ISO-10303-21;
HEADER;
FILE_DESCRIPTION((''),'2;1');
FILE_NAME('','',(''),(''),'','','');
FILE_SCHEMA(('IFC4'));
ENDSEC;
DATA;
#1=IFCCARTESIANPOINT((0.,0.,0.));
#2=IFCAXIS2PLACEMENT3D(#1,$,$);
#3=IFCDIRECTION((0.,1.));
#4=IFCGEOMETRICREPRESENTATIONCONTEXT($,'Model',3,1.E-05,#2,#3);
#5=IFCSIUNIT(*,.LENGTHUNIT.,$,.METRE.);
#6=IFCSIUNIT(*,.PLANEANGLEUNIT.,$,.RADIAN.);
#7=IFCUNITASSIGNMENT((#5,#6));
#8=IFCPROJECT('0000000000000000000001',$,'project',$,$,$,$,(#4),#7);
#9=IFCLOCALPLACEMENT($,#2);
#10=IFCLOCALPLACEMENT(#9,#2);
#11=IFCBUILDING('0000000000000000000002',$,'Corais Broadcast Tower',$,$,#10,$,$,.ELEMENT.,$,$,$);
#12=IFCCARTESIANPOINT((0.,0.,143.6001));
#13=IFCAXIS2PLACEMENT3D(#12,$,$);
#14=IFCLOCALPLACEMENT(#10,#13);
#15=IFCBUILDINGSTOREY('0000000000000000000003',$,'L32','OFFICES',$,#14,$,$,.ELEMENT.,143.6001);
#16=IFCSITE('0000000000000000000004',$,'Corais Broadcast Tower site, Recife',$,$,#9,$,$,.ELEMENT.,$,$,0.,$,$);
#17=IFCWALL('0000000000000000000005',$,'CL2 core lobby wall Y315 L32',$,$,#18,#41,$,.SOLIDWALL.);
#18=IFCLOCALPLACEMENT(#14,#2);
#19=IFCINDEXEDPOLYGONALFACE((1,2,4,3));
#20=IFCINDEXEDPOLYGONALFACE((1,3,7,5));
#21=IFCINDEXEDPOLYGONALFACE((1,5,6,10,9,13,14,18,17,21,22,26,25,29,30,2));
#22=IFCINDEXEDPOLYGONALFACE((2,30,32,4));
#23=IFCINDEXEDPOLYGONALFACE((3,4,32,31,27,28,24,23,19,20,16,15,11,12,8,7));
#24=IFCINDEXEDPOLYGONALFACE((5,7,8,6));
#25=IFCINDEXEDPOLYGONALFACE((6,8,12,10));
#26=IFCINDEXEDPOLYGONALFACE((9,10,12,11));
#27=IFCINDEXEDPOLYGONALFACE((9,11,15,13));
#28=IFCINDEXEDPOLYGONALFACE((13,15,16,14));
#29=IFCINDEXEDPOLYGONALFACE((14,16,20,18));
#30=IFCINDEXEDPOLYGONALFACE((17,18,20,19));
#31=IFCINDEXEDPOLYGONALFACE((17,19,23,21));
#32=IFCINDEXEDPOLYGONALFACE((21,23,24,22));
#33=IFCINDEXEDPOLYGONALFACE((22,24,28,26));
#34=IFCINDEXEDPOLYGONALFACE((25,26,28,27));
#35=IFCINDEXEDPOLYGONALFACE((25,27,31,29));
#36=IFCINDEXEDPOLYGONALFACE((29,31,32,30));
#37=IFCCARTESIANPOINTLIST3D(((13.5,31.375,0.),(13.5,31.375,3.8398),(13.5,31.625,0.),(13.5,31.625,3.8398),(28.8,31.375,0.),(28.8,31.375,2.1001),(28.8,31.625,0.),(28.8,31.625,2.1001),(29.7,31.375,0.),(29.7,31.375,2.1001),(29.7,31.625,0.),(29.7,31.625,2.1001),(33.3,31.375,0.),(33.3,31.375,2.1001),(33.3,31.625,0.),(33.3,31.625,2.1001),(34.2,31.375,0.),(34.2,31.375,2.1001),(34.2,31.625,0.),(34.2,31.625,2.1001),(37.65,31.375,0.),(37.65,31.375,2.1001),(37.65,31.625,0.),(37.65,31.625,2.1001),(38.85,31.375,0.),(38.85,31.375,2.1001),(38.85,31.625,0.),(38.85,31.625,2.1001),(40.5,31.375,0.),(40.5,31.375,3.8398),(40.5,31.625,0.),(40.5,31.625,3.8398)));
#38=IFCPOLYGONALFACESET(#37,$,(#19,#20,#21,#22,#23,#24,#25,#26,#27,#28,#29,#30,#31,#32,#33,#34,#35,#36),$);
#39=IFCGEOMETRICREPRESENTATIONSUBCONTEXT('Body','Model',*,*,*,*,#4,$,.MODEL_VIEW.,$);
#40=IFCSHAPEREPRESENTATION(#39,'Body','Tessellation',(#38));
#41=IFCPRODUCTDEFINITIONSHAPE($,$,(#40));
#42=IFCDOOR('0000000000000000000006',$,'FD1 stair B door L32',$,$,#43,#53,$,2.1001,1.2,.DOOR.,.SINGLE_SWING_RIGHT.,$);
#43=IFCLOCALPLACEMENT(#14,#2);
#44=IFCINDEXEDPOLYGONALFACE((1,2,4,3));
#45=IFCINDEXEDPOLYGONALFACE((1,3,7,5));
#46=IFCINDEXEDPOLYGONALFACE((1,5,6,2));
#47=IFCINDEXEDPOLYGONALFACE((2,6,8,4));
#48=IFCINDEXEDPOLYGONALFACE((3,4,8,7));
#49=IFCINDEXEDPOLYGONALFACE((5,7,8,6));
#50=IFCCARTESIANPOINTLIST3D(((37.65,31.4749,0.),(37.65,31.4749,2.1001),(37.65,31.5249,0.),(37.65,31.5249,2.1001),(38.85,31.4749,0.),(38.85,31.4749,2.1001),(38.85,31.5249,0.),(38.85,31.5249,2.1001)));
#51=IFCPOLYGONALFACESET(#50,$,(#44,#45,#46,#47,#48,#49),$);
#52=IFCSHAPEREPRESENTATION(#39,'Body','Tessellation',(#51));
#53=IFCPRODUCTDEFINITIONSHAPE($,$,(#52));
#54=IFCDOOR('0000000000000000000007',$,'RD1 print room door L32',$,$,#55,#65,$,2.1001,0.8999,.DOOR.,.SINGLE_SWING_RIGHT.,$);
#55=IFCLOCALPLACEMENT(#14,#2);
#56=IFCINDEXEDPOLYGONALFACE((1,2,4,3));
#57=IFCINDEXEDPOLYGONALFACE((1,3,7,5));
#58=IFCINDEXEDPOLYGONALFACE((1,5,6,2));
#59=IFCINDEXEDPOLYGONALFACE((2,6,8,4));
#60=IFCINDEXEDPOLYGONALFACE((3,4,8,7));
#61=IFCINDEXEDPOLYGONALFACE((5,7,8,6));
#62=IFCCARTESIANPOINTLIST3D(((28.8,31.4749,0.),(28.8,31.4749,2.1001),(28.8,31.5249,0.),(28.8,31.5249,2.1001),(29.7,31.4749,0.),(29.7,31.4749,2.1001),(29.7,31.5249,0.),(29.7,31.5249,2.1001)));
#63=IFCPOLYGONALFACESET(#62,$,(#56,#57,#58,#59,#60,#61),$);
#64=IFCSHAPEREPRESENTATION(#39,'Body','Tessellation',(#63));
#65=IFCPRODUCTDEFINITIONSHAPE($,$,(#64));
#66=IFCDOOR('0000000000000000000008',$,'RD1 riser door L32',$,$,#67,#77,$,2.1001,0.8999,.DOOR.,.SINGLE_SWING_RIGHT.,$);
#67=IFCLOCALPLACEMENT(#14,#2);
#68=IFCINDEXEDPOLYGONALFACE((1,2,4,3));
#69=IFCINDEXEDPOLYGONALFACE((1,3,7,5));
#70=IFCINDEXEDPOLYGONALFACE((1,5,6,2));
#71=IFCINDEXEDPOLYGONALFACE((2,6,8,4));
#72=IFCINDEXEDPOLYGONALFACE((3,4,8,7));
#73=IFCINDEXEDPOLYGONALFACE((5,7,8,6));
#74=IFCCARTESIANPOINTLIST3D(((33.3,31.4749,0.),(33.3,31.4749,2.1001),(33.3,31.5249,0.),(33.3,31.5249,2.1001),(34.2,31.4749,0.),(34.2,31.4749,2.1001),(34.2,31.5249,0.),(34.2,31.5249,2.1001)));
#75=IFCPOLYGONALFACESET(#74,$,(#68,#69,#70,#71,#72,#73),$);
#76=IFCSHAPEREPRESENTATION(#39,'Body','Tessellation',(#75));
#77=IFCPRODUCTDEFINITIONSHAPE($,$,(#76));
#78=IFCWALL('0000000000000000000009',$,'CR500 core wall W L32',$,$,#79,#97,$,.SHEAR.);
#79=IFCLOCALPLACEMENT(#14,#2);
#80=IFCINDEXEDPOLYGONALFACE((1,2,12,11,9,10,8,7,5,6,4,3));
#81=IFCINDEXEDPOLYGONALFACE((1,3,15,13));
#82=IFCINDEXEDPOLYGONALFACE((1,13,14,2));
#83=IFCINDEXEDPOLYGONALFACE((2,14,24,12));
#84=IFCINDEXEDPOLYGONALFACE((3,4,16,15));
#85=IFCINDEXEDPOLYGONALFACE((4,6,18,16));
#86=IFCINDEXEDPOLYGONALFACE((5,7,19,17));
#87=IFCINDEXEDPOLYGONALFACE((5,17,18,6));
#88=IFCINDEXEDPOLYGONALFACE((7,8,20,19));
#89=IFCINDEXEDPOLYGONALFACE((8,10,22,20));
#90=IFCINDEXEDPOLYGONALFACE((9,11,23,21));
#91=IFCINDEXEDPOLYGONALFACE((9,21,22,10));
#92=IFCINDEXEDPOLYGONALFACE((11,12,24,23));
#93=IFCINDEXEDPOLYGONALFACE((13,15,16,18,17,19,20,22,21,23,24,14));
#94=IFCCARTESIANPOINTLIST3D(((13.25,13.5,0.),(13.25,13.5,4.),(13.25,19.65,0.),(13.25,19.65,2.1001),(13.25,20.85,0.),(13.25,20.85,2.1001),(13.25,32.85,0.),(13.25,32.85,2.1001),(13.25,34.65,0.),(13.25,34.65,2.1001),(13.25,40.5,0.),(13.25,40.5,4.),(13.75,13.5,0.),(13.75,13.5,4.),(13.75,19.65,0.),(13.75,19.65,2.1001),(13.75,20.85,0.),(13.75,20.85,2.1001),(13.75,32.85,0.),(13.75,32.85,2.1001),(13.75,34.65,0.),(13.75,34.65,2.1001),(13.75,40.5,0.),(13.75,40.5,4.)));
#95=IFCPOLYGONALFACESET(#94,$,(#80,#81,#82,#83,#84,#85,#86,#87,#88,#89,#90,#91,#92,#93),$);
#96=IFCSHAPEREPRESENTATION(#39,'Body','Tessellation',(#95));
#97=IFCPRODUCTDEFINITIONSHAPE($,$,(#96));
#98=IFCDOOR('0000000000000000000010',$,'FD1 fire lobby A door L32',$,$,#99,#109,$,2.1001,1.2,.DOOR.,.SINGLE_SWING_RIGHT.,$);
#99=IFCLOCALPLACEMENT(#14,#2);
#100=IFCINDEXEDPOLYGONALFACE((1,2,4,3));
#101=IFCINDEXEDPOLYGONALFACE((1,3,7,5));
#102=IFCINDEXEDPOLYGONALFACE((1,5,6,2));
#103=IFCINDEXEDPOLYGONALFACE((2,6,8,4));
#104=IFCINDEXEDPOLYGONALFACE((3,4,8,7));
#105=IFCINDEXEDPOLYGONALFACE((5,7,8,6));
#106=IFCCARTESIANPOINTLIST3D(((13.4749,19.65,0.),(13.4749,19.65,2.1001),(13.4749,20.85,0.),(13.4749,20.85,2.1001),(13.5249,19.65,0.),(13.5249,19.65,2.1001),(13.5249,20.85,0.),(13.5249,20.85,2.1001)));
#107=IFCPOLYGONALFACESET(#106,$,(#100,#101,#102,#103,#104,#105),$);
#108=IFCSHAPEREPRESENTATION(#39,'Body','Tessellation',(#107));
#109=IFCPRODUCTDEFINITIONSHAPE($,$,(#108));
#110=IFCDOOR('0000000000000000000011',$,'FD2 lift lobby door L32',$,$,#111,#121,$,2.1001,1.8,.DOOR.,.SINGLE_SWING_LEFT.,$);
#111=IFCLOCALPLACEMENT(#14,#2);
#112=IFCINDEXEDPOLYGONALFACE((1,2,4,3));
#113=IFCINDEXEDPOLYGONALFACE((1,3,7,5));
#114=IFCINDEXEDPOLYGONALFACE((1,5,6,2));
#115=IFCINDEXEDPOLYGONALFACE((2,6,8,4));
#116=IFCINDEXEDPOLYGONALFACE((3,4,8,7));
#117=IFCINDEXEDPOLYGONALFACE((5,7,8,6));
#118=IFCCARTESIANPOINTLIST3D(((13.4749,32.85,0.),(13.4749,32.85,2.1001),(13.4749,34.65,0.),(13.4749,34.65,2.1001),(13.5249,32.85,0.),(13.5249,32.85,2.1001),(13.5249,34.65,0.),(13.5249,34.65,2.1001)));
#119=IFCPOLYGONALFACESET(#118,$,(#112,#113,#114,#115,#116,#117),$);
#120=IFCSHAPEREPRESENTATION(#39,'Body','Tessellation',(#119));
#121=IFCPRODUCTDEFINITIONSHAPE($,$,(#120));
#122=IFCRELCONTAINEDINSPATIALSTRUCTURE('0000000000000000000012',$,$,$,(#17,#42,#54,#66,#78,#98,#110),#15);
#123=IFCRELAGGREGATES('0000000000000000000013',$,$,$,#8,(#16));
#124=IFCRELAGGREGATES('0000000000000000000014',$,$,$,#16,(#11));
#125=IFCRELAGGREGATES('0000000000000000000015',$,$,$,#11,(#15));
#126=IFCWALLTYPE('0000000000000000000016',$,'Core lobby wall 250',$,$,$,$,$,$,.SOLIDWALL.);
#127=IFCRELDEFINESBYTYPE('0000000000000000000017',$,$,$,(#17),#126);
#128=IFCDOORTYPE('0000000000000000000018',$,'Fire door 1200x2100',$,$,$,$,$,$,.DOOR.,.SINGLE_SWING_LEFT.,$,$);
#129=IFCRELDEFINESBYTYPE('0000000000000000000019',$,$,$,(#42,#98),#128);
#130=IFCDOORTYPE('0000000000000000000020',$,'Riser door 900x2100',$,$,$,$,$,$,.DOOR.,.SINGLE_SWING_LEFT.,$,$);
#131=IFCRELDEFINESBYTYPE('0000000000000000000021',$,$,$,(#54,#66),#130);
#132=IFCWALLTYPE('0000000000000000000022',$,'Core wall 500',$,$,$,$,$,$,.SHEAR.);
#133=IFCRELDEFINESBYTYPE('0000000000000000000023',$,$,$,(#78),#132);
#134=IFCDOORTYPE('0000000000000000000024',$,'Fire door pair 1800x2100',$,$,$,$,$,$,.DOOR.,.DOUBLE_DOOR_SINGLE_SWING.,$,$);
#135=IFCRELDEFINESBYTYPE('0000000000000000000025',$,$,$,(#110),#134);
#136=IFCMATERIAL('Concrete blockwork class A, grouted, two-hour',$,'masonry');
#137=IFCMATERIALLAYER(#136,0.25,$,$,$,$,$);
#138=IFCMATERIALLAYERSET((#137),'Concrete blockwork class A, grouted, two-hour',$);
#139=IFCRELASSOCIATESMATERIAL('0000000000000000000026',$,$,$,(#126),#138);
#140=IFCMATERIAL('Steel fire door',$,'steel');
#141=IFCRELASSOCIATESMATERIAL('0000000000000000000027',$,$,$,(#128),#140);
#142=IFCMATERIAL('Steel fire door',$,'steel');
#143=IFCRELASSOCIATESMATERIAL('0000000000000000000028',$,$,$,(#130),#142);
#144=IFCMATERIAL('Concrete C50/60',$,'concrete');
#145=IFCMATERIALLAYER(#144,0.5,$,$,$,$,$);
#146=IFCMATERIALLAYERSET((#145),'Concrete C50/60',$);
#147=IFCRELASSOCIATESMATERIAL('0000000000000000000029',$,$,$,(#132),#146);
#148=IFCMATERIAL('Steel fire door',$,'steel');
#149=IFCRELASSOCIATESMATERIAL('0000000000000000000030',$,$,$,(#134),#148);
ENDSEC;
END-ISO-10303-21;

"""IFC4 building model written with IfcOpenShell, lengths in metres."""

from ifc_helpers import new_model, si_unit, direction, frame, frame_2d, origin, place, context, subcontext, project, spatial, rectangle, extrude, material, layer, layer_set, type_object, element, fill, save


model = new_model("IFC4")

# Units and contexts
model_context = context("Model", 3, precision=1e-05, world=origin(), true_north=direction((0.0, 1.0)))
body_context = subcontext(model_context, "Body", "Model", "MODEL_VIEW")
ifc_project = project(units=[si_unit("LENGTHUNIT", "METRE"), si_unit("PLANEANGLEUNIT", "RADIAN")], contexts=[model_context])

# Site, building, storey
site_placement = place(None, origin())
site = spatial("IfcSite", under=ifc_project, at=site_placement, Name="Corais Broadcast Tower site, Recife", CompositionType="ELEMENT", RefElevation=0.0)
building_placement = place(site_placement, origin())
building = spatial("IfcBuilding", under=site, at=building_placement, Name="Corais Broadcast Tower", CompositionType="ELEMENT")
storey_placement = place(building_placement, frame((0.0, 0.0, 143.6001)))
storey = spatial("IfcBuildingStorey", under=building, at=storey_placement, Name="L32", Description="OFFICES", CompositionType="ELEMENT", Elevation=143.6001)

# Walls, openings, doors
ifc_material_1 = material(Name="Concrete blockwork class A, grouted, two-hour", Category="masonry")
ifc_layer_1 = layer(ifc_material_1, 0.25)
ifc_layer_set_1 = layer_set([ifc_layer_1], Name="Concrete blockwork class A, grouted, two-hour")
wall_type_1 = type_object("IfcWallType", Name="Core lobby wall 250", PredefinedType="SOLIDWALL", material=ifc_layer_set_1)
wall_1_placement = place(storey_placement, frame((13.5, 31.5, 0.0), z_axis=(0.0, 0.0, 1.0), x_axis=(1.0, 0.0, 0.0)))
wall_1 = element("IfcWall", 1, at=wall_1_placement, inside=storey, type_object=wall_type_1, Name="CL2 core lobby wall Y315 L32", PredefinedType="SOLIDWALL", context=body_context, shape_type="SweptSolid", body=[
    extrude(rectangle(XDim=27.0, YDim=0.25, at=frame_2d((13.5, 0.0))), origin(), (0.0, 0.0, 1.0), 3.8398),
])
opening_1_placement = place(wall_1_placement, frame((24.1499, 0.0, 0.0)))
opening_1 = element("IfcOpeningElement", 2, at=opening_1_placement, cuts=wall_1, PredefinedType="OPENING", context=body_context, shape_type="SweptSolid", body=[
    extrude(rectangle(XDim=1.2, YDim=2.1001, at=frame_2d((0.6001, 1.05))), frame((0.0, 0.135, 0.0), z_axis=(0.0, -1.0, 0.0), x_axis=(1.0, 0.0, 0.0)), (0.0, 0.0, 1.0), 0.27),
])
opening_2_placement = place(wall_1_placement, frame((15.3, 0.0, 0.0)))
opening_2 = element("IfcOpeningElement", 3, at=opening_2_placement, cuts=wall_1, PredefinedType="OPENING", context=body_context, shape_type="SweptSolid", body=[
    extrude(rectangle(XDim=0.8999, YDim=2.1001, at=frame_2d((0.45, 1.05))), frame((0.0, 0.135, 0.0), z_axis=(0.0, -1.0, 0.0), x_axis=(1.0, 0.0, 0.0)), (0.0, 0.0, 1.0), 0.27),
])
opening_3_placement = place(wall_1_placement, frame((19.8, 0.0, 0.0)))
opening_3 = element("IfcOpeningElement", 4, at=opening_3_placement, cuts=wall_1, PredefinedType="OPENING", context=body_context, shape_type="SweptSolid", body=[
    extrude(rectangle(XDim=0.8999, YDim=2.1001, at=frame_2d((0.45, 1.05))), frame((0.0, 0.135, 0.0), z_axis=(0.0, -1.0, 0.0), x_axis=(1.0, 0.0, 0.0)), (0.0, 0.0, 1.0), 0.27),
])
ifc_material_2 = material(Name="Steel fire door", Category="steel")
door_type_1 = type_object("IfcDoorType", Name="Fire door 1200x2100", OperationType="SINGLE_SWING_LEFT", PredefinedType="DOOR", material=ifc_material_2)
door_1_placement = place(opening_1_placement, origin())
door_1 = element("IfcDoor", 5, at=door_1_placement, inside=storey, type_object=door_type_1, Name="FD1 stair B door L32", OperationType="SINGLE_SWING_RIGHT", OverallHeight=2.1001, OverallWidth=1.2, PredefinedType="DOOR", context=body_context, shape_type="SweptSolid", body=[
    extrude(rectangle(XDim=1.2, YDim=2.1001, at=frame_2d((0.6001, 1.05))), frame((0.0, 0.0249, 0.0), z_axis=(0.0, -1.0, 0.0), x_axis=(1.0, 0.0, 0.0)), (0.0, 0.0, 1.0), 0.05),
])
fill(opening_1, door_1)
ifc_material_3 = material(Name="Steel fire door", Category="steel")
door_type_2 = type_object("IfcDoorType", Name="Riser door 900x2100", OperationType="SINGLE_SWING_LEFT", PredefinedType="DOOR", material=ifc_material_3)
door_2_placement = place(opening_2_placement, origin())
door_2 = element("IfcDoor", 6, at=door_2_placement, inside=storey, type_object=door_type_2, Name="RD1 print room door L32", OperationType="SINGLE_SWING_RIGHT", OverallHeight=2.1001, OverallWidth=0.8999, PredefinedType="DOOR", context=body_context, shape_type="SweptSolid", body=[
    extrude(rectangle(XDim=0.8999, YDim=2.1001, at=frame_2d((0.45, 1.05))), frame((0.0, 0.0249, 0.0), z_axis=(0.0, -1.0, 0.0), x_axis=(1.0, 0.0, 0.0)), (0.0, 0.0, 1.0), 0.05),
])
fill(opening_2, door_2)
door_3_placement = place(opening_3_placement, origin())
door_3 = element("IfcDoor", 7, at=door_3_placement, inside=storey, type_object=door_type_2, Name="RD1 riser door L32", OperationType="SINGLE_SWING_RIGHT", OverallHeight=2.1001, OverallWidth=0.8999, PredefinedType="DOOR", context=body_context, shape_type="SweptSolid", body=[
    extrude(rectangle(XDim=0.8999, YDim=2.1001, at=frame_2d((0.45, 1.05))), frame((0.0, 0.0249, 0.0), z_axis=(0.0, -1.0, 0.0), x_axis=(1.0, 0.0, 0.0)), (0.0, 0.0, 1.0), 0.05),
])
fill(opening_3, door_3)
ifc_material_4 = material(Name="Concrete C50/60", Category="concrete")
ifc_layer_2 = layer(ifc_material_4, 0.5)
ifc_layer_set_2 = layer_set([ifc_layer_2], Name="Concrete C50/60")
wall_type_2 = type_object("IfcWallType", Name="Core wall 500", PredefinedType="SHEAR", material=ifc_layer_set_2)
wall_2_placement = place(storey_placement, frame((13.5, 40.5, 0.0), z_axis=(0.0, 0.0, 1.0), x_axis=(0.0, -1.0, 0.0)))
wall_2 = element("IfcWall", 8, at=wall_2_placement, inside=storey, type_object=wall_type_2, Name="CR500 core wall W L32", PredefinedType="SHEAR", context=body_context, shape_type="SweptSolid", body=[
    extrude(rectangle(XDim=27.0, YDim=0.5, at=frame_2d((13.5, 0.0))), origin(), (0.0, 0.0, 1.0), 4.0),
])
opening_4_placement = place(wall_2_placement, frame((19.6499, 0.0, 0.0)))
opening_4 = element("IfcOpeningElement", 9, at=opening_4_placement, cuts=wall_2, PredefinedType="OPENING", context=body_context, shape_type="SweptSolid", body=[
    extrude(rectangle(XDim=1.2, YDim=2.1001, at=frame_2d((0.6001, 1.05))), frame((0.0, 0.26, 0.0), z_axis=(0.0, -1.0, 0.0), x_axis=(1.0, 0.0, 0.0)), (0.0, 0.0, 1.0), 0.52),
])
opening_5_placement = place(wall_2_placement, frame((5.8501, 0.0, 0.0)))
opening_5 = element("IfcOpeningElement", 10, at=opening_5_placement, cuts=wall_2, PredefinedType="OPENING", context=body_context, shape_type="SweptSolid", body=[
    extrude(rectangle(XDim=1.8, YDim=2.1001, at=frame_2d((0.8999, 1.05))), frame((0.0, 0.26, 0.0), z_axis=(0.0, -1.0, 0.0), x_axis=(1.0, 0.0, 0.0)), (0.0, 0.0, 1.0), 0.52),
])
door_4_placement = place(opening_4_placement, origin())
door_4 = element("IfcDoor", 11, at=door_4_placement, inside=storey, type_object=door_type_1, Name="FD1 fire lobby A door L32", OperationType="SINGLE_SWING_RIGHT", OverallHeight=2.1001, OverallWidth=1.2, PredefinedType="DOOR", context=body_context, shape_type="SweptSolid", body=[
    extrude(rectangle(XDim=1.2, YDim=2.1001, at=frame_2d((0.6001, 1.05))), frame((0.0, 0.0249, 0.0), z_axis=(0.0, -1.0, 0.0), x_axis=(1.0, 0.0, 0.0)), (0.0, 0.0, 1.0), 0.05),
])
fill(opening_4, door_4)
ifc_material_5 = material(Name="Steel fire door", Category="steel")
door_type_3 = type_object("IfcDoorType", Name="Fire door pair 1800x2100", OperationType="DOUBLE_DOOR_SINGLE_SWING", PredefinedType="DOOR", material=ifc_material_5)
door_5_placement = place(opening_5_placement, origin())
door_5 = element("IfcDoor", 12, at=door_5_placement, inside=storey, type_object=door_type_3, Name="FD2 lift lobby door L32", OperationType="SINGLE_SWING_LEFT", OverallHeight=2.1001, OverallWidth=1.8, PredefinedType="DOOR", context=body_context, shape_type="SweptSolid", body=[
    extrude(rectangle(XDim=1.8, YDim=2.1001, at=frame_2d((0.8999, 1.05))), frame((0.0, 0.0249, 0.0), z_axis=(0.0, -1.0, 0.0), x_axis=(1.0, 0.0, 0.0)), (0.0, 0.0, 1.0), 0.05),
])
fill(opening_5, door_5)

save(model, "model.ifc")
